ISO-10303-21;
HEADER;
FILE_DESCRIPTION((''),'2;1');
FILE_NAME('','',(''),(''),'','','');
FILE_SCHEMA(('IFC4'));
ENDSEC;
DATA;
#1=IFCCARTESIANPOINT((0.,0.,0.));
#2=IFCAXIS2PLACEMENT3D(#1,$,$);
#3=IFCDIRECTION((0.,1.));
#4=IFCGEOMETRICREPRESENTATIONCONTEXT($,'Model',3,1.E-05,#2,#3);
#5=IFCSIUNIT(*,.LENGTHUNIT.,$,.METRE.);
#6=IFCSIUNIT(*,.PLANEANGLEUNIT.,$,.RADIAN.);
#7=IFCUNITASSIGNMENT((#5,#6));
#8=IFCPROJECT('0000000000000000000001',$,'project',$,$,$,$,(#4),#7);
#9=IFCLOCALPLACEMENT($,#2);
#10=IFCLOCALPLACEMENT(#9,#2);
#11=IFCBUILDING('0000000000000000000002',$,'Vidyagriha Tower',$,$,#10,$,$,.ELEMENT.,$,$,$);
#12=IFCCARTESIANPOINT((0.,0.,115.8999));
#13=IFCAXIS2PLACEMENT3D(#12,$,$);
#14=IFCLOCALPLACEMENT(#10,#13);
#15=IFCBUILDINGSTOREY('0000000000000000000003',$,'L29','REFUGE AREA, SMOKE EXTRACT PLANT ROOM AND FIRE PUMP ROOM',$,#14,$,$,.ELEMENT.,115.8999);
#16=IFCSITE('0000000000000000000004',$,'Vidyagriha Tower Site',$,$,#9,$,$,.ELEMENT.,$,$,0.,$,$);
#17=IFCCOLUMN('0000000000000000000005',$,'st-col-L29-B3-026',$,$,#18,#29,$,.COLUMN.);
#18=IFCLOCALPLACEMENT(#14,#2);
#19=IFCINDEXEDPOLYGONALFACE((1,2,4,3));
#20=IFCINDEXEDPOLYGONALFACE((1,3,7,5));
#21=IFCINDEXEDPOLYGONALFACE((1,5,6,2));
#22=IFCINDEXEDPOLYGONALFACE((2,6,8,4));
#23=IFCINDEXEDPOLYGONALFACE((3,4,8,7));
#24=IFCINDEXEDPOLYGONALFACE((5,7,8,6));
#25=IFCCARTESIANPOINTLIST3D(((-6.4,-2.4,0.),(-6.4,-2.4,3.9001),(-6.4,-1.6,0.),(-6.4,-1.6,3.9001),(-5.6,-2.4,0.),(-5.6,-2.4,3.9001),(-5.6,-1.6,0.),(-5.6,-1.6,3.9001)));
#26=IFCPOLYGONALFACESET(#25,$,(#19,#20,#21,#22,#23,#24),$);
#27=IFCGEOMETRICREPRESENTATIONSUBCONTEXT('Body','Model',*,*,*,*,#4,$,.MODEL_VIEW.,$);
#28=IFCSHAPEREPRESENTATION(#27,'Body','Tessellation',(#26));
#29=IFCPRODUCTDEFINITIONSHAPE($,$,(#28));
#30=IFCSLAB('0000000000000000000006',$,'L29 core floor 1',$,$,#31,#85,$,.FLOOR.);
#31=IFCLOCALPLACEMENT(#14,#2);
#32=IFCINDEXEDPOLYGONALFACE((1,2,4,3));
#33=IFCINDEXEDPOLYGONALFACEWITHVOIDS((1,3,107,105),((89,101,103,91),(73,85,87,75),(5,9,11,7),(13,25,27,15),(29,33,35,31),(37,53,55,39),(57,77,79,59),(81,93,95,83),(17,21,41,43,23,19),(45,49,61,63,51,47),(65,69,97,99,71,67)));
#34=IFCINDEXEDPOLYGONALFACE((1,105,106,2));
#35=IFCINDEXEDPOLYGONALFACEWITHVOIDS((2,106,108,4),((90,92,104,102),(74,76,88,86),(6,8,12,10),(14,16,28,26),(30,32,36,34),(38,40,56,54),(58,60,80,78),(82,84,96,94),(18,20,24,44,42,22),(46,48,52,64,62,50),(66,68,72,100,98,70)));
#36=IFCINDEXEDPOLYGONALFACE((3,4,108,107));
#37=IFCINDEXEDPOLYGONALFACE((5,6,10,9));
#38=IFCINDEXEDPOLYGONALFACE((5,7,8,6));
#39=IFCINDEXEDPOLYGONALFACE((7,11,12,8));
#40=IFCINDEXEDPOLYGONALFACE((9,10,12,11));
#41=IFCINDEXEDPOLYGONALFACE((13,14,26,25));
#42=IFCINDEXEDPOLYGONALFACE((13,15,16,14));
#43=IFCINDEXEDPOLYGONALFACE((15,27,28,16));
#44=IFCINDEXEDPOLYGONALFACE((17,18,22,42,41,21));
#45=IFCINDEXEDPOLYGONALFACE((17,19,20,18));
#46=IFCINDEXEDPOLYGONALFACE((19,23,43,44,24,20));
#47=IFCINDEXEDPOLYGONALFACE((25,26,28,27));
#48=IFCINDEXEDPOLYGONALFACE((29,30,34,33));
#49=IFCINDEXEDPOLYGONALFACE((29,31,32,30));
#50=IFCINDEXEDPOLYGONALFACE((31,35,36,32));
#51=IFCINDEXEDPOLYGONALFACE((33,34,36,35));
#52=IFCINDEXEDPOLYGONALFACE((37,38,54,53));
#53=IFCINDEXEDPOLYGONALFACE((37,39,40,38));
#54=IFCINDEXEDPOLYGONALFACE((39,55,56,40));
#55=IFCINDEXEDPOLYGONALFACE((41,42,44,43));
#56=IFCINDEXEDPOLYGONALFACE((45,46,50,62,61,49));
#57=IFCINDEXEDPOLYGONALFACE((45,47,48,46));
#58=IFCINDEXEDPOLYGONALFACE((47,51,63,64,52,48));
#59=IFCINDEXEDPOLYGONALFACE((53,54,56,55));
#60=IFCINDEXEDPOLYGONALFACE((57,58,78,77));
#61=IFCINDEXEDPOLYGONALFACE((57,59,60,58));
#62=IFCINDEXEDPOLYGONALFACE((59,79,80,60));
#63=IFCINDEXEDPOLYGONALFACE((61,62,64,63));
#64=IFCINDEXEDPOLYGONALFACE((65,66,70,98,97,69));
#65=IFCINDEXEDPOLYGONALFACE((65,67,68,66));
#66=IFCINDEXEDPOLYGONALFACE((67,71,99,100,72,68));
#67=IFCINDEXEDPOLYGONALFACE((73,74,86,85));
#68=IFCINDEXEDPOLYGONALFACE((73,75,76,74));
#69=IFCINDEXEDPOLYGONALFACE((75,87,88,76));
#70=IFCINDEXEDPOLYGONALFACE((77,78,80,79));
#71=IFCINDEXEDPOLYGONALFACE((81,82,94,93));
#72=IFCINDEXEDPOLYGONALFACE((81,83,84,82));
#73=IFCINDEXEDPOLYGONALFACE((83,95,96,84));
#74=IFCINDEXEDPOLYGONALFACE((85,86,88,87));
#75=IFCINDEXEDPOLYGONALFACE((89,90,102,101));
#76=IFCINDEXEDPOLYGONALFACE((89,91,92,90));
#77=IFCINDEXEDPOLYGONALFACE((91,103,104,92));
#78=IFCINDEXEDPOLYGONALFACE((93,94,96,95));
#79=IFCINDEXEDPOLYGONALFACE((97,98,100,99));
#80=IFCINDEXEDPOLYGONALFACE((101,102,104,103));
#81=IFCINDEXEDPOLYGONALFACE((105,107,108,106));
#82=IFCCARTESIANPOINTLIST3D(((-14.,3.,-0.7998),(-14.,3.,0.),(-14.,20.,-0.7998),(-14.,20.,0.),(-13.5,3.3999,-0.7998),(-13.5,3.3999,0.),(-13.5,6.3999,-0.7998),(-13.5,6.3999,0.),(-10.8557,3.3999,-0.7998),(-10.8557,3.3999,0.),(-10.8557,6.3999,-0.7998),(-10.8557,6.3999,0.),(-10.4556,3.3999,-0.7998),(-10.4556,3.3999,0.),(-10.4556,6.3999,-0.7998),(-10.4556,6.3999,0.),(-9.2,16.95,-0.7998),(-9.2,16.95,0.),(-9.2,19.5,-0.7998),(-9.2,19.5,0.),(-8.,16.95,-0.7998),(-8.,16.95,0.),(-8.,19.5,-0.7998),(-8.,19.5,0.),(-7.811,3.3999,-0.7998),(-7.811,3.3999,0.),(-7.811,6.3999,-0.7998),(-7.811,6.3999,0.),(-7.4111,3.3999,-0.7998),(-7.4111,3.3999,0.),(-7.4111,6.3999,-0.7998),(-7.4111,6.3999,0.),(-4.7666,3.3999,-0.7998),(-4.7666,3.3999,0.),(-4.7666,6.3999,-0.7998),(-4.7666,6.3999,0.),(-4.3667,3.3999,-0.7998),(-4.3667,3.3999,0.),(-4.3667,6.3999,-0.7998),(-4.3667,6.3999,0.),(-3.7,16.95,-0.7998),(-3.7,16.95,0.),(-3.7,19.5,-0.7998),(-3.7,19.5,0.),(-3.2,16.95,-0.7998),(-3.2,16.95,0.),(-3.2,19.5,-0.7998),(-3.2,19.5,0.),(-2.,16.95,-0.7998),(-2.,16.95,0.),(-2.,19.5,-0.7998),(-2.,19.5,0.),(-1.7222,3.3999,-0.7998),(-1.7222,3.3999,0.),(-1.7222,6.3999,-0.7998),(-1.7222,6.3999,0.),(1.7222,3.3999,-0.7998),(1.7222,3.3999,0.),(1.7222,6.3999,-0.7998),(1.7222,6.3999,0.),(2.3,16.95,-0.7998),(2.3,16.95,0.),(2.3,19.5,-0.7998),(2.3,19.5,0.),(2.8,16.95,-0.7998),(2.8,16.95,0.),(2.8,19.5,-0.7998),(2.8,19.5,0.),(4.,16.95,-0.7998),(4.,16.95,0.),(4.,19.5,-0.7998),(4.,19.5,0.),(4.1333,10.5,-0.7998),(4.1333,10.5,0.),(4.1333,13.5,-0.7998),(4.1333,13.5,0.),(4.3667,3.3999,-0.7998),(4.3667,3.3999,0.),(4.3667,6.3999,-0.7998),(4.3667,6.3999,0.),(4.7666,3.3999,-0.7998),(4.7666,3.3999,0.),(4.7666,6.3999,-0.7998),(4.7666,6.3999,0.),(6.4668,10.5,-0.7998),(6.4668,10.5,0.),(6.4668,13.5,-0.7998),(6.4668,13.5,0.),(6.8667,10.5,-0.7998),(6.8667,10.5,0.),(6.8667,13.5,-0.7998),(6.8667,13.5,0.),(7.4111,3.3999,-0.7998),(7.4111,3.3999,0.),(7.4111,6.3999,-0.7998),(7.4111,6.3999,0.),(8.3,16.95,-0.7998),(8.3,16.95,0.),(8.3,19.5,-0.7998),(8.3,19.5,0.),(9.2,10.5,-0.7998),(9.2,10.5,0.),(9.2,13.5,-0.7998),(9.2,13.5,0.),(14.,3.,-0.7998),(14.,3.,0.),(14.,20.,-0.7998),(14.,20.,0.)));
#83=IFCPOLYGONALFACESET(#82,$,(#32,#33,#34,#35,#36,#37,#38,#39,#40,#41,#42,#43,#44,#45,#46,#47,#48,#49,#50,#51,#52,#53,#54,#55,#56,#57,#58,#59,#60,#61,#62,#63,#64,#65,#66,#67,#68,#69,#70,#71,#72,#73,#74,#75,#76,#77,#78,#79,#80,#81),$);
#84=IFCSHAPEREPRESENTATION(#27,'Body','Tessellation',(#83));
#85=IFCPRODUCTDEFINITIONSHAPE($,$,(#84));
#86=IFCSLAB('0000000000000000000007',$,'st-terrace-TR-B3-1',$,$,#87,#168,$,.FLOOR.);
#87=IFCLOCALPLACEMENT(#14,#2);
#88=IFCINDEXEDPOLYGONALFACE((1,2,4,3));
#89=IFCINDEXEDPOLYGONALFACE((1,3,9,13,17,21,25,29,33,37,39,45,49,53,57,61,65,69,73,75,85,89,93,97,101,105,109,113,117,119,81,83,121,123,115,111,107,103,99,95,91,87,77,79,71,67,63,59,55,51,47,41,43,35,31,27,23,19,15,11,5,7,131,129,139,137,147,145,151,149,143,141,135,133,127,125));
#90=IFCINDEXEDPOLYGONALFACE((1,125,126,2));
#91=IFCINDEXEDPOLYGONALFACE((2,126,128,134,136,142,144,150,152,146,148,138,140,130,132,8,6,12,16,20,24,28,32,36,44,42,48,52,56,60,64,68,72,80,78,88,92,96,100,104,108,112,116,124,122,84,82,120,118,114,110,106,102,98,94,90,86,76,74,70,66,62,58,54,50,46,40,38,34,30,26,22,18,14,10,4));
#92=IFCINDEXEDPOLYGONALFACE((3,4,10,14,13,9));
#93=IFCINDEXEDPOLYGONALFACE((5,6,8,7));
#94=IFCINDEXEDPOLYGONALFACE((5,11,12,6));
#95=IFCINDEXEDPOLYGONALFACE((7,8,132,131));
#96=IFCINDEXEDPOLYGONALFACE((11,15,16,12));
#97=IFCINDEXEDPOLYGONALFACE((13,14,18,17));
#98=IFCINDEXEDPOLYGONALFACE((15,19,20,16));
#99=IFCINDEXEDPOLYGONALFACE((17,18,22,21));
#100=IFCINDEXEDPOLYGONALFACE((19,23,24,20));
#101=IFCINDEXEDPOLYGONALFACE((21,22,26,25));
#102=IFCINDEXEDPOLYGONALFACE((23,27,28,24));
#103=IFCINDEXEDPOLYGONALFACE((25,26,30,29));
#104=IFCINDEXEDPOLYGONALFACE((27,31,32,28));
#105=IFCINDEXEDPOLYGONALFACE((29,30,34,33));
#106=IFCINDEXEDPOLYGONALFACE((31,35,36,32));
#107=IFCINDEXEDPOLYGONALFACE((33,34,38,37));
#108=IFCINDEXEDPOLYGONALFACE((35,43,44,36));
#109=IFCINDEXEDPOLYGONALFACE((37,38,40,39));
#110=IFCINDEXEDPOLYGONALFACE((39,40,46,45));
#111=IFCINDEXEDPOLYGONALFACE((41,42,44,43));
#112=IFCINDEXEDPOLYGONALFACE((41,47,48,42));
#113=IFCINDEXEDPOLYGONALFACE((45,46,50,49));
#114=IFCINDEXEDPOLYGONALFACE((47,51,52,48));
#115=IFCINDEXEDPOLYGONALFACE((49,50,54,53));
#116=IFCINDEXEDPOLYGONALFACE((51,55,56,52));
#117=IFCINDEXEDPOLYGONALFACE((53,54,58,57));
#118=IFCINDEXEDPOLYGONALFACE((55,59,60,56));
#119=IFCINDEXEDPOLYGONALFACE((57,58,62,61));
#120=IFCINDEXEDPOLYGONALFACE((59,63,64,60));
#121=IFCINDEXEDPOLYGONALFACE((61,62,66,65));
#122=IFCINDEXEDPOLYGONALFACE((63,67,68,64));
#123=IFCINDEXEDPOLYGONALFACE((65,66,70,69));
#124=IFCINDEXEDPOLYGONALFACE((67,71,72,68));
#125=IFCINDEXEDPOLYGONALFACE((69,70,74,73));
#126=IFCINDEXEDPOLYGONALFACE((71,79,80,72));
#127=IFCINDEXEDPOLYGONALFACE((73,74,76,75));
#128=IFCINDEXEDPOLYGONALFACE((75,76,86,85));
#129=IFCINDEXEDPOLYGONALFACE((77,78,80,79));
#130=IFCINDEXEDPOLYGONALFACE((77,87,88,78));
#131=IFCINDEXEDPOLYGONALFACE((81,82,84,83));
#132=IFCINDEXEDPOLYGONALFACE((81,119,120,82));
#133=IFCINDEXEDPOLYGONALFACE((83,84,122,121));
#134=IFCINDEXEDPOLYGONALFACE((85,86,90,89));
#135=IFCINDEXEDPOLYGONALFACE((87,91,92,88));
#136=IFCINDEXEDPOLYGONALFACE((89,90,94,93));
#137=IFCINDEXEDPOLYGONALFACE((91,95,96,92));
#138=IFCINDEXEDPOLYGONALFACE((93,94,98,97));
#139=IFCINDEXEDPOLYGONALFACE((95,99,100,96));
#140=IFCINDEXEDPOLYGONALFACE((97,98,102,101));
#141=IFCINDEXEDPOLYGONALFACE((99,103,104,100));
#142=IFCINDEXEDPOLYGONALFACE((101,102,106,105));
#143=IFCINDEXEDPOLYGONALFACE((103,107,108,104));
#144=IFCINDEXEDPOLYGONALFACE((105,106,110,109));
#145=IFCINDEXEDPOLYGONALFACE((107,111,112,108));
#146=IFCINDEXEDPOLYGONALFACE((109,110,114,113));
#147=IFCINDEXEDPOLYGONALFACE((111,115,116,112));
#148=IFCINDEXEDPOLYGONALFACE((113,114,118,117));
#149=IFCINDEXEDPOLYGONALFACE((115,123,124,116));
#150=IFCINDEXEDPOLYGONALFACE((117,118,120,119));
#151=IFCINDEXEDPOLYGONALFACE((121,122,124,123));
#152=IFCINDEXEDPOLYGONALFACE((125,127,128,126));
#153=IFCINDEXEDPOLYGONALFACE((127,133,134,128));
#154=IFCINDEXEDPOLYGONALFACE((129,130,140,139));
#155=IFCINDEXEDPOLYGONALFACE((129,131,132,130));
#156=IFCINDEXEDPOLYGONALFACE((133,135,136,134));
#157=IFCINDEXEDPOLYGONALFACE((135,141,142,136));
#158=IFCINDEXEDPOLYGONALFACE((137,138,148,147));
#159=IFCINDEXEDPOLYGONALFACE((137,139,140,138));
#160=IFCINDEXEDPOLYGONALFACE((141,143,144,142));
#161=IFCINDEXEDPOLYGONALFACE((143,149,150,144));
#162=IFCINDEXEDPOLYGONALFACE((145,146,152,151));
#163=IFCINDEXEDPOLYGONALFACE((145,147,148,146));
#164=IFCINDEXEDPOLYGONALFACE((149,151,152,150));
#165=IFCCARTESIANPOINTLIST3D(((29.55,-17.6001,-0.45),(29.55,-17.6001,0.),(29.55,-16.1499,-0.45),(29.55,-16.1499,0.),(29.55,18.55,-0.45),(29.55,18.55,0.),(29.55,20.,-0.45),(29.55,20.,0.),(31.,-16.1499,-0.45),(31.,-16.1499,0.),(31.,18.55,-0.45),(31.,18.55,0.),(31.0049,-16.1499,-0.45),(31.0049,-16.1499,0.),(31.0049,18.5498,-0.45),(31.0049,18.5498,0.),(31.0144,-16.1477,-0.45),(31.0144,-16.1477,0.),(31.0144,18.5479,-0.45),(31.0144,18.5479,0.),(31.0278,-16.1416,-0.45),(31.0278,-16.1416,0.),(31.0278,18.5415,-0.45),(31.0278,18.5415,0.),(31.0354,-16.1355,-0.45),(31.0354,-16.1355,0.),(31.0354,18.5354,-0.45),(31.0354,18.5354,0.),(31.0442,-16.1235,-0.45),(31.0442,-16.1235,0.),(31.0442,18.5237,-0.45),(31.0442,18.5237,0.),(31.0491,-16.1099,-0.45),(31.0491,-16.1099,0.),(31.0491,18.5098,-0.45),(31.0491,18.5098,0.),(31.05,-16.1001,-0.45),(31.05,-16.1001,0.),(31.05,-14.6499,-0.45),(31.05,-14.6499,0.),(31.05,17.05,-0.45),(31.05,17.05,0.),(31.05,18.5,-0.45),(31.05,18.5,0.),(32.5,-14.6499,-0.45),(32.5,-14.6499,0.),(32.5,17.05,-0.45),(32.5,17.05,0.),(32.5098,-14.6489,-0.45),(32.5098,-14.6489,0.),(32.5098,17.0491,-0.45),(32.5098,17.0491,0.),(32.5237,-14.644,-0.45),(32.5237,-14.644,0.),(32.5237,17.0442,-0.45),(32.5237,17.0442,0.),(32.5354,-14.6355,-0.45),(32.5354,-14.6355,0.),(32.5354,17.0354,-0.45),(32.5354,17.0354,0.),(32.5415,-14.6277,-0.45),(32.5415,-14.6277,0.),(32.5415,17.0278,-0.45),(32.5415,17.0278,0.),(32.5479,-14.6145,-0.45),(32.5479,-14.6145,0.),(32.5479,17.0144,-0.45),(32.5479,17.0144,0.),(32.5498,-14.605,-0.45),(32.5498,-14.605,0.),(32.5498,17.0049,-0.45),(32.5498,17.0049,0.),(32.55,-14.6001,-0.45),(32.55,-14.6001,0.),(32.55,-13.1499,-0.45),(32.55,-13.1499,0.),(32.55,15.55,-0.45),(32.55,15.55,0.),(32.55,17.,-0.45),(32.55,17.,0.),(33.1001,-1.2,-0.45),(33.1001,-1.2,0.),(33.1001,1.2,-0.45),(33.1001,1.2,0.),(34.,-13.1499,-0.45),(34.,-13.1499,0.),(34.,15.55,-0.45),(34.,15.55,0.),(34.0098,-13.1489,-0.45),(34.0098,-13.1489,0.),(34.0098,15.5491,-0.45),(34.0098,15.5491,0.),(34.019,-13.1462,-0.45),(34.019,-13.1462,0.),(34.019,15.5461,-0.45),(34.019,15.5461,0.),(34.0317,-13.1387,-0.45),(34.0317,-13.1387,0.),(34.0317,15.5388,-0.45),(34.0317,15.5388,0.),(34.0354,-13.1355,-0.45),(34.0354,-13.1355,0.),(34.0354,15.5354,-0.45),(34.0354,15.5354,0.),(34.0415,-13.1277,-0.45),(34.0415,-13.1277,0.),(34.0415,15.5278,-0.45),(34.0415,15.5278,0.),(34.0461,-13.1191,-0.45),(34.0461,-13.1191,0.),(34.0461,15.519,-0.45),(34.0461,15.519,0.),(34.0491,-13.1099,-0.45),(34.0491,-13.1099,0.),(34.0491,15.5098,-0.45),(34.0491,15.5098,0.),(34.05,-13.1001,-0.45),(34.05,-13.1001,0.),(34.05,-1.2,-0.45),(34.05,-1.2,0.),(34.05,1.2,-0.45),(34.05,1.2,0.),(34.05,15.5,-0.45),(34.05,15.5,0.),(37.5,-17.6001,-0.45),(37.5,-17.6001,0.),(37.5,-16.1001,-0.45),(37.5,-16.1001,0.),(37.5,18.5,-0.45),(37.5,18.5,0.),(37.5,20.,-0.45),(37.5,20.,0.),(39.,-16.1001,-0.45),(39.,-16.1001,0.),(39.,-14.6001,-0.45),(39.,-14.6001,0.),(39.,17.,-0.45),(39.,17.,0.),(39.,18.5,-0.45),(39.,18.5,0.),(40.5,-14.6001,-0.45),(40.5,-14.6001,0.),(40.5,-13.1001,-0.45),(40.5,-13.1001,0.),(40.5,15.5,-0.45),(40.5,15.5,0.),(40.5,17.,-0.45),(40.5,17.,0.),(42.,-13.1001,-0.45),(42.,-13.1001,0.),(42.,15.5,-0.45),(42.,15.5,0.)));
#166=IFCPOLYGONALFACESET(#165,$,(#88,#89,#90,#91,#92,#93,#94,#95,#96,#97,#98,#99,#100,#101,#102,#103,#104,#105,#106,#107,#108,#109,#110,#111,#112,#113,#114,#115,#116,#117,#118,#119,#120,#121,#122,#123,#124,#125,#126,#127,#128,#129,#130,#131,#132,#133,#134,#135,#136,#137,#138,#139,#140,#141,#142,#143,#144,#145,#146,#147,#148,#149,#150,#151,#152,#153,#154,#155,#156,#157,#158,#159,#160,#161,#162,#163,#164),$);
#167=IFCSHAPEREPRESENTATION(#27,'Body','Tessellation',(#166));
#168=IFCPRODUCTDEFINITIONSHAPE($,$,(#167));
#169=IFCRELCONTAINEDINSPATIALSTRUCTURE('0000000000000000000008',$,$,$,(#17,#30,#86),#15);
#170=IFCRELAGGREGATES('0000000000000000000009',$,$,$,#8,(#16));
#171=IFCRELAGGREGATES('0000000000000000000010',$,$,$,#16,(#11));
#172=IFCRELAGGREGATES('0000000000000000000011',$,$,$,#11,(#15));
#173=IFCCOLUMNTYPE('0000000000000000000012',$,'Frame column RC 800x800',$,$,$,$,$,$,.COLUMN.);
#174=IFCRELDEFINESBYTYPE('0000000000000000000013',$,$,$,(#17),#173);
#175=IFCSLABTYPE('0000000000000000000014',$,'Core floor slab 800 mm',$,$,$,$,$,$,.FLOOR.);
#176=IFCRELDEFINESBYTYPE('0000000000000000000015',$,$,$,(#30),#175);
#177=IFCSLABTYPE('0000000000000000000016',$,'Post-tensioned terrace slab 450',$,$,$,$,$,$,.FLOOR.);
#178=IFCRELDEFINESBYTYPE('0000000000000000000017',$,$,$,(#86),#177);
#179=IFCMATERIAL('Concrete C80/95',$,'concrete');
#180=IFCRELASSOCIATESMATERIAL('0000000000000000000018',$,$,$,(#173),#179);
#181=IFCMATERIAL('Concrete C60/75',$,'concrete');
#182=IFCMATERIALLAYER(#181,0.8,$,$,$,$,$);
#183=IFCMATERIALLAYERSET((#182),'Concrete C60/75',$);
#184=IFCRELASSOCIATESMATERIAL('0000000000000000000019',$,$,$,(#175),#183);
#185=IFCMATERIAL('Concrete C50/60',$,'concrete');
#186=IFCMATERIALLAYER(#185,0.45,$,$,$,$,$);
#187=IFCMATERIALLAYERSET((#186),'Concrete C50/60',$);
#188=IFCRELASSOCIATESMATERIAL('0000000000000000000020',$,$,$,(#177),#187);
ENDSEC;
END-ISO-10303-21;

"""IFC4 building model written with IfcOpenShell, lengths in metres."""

from ifc_helpers import new_model, si_unit, direction, frame, origin, origin_2d, place, context, subcontext, project, spatial, polyline, rectangle, outline, extrude, material, layer, layer_set, material_profile, profile_set, type_object, element, save


model = new_model("IFC4")

# Units and contexts
model_context = context("Model", 3, precision=1e-05, world=origin(), true_north=direction((0.0, 1.0)))
body_context = subcontext(model_context, "Body", "Model", "MODEL_VIEW")
ifc_project = project(units=[si_unit("LENGTHUNIT", "METRE"), si_unit("PLANEANGLEUNIT", "RADIAN")], contexts=[model_context])

# Site, building, storey
site_placement = place(None, origin())
site = spatial("IfcSite", under=ifc_project, at=site_placement, Name="Vidyagriha Tower Site", CompositionType="ELEMENT", RefElevation=0.0)
building_placement = place(site_placement, origin())
building = spatial("IfcBuilding", under=site, at=building_placement, Name="Vidyagriha Tower", CompositionType="ELEMENT")
storey_placement = place(building_placement, frame((0.0, 0.0, 115.8999)))
storey = spatial("IfcBuildingStorey", under=building, at=storey_placement, Name="L29", Description="REFUGE AREA, SMOKE EXTRACT PLANT ROOM AND FIRE PUMP ROOM", CompositionType="ELEMENT", Elevation=115.8999)

# Column
ifc_material_1 = material(Name="Concrete C80/95", Category="concrete")
ifc_material_profile = material_profile(ifc_material_1, rectangle(XDim=0.8, YDim=0.8, at=origin_2d()), Name="RC 800x800")
ifc_profile_set = profile_set([ifc_material_profile], Name="Concrete C80/95")
column_type = type_object("IfcColumnType", Name="Frame column RC 800x800", PredefinedType="COLUMN", material=ifc_profile_set)
column_placement = place(storey_placement, frame((-6.0, -2.0, 0.0)))
element("IfcColumn", 1, at=column_placement, inside=storey, type_object=column_type, Name="st-col-L29-B3-026", PredefinedType="COLUMN", context=body_context, shape_type="SweptSolid", body=[
    extrude(rectangle(XDim=0.8, YDim=0.8, at=origin_2d()), origin(), (0.0, 0.0, 1.0), 3.9001),
])

# Slabs
ifc_material_2 = material(Name="Concrete C60/75", Category="concrete")
ifc_layer_1 = layer(ifc_material_2, 0.8)
ifc_layer_set_1 = layer_set([ifc_layer_1], Name="Concrete C60/75")
slab_type_1 = type_object("IfcSlabType", Name="Core floor slab 800 mm", PredefinedType="FLOOR", material=ifc_layer_set_1)
slab_1_placement = place(storey_placement, frame((0.0, 0.0, -0.7998)))
element("IfcSlab", 2, at=slab_1_placement, inside=storey, type_object=slab_type_1, Name="L29 core floor 1", PredefinedType="FLOOR", context=body_context, shape_type="SweptSolid", body=[
    extrude(outline(polyline([(-14.0, 3.0), (-14.0, 20.0), (14.0, 20.0), (14.0, 3.0), (-14.0, 3.0)]), holes=[polyline([(9.2, 13.5), (6.8667, 13.5), (6.8667, 10.5), (9.2, 10.5), (9.2, 13.5)]), polyline([(4.0, 19.5), (2.8, 19.5), (2.8, 16.95), (4.0, 16.95), (8.3, 16.95), (8.3, 19.5), (4.0, 19.5)]), polyline([(7.4111, 6.3999), (4.7666, 6.3999), (4.7666, 3.3999), (7.4111, 3.3999), (7.4111, 6.3999)]), polyline([(6.4668, 13.5), (4.1333, 13.5), (4.1333, 10.5), (6.4668, 10.5), (6.4668, 13.5)]), polyline([(1.7222, 6.3999), (1.7222, 3.3999), (4.3667, 3.3999), (4.3667, 6.3999), (1.7222, 6.3999)]), polyline([(-2.0, 16.95), (2.3, 16.95), (2.3, 19.5), (-2.0, 19.5), (-3.2, 19.5), (-3.2, 16.95), (-2.0, 16.95)]), polyline([(-1.7222, 6.3999), (-4.3667, 6.3999), (-4.3667, 3.3999), (-1.7222, 3.3999), (-1.7222, 6.3999)]), polyline([(-8.0, 19.5), (-9.2, 19.5), (-9.2, 16.95), (-8.0, 16.95), (-3.7, 16.95), (-3.7, 19.5), (-8.0, 19.5)]), polyline([(-4.7666, 6.3999), (-7.4111, 6.3999), (-7.4111, 3.3999), (-4.7666, 3.3999), (-4.7666, 6.3999)]), polyline([(-7.811, 6.3999), (-10.4556, 6.3999), (-10.4556, 3.3999), (-7.811, 3.3999), (-7.811, 6.3999)]), polyline([(-13.5, 6.3999), (-13.5, 3.3999), (-10.8557, 3.3999), (-10.8557, 6.3999), (-13.5, 6.3999)])]), origin(), (0.0, 0.0, 1.0), 0.7998),
])
ifc_material_3 = material(Name="Concrete C50/60", Category="concrete")
ifc_layer_2 = layer(ifc_material_3, 0.45)
ifc_layer_set_2 = layer_set([ifc_layer_2], Name="Concrete C50/60")
slab_type_2 = type_object("IfcSlabType", Name="Post-tensioned terrace slab 450", PredefinedType="FLOOR", material=ifc_layer_set_2)
slab_2_placement = place(storey_placement, frame((0.0, 0.0, -0.45)))
element("IfcSlab", 3, at=slab_2_placement, inside=storey, type_object=slab_type_2, Name="st-terrace-TR-B3-1", PredefinedType="FLOOR", context=body_context, shape_type="SweptSolid", body=[
    extrude(outline(polyline([(34.05, 1.2), (34.05, 15.5), (34.0491, 15.5098), (34.0461, 15.519), (34.0415, 15.5278), (34.0354, 15.5354), (34.0317, 15.5388), (34.019, 15.5461), (34.0098, 15.5491), (34.0, 15.55), (32.55, 15.55), (32.55, 17.0), (32.5498, 17.0049), (32.5479, 17.0144), (32.5415, 17.0278), (32.5354, 17.0354), (32.5237, 17.0442), (32.5098, 17.0491), (32.5, 17.05), (31.05, 17.05), (31.05, 18.5), (31.0491, 18.5098), (31.0442, 18.5237), (31.0354, 18.5354), (31.0278, 18.5415), (31.0144, 18.5479), (31.0049, 18.5498), (31.0, 18.55), (29.55, 18.55), (29.55, 20.0), (37.5, 20.0), (37.5, 18.5), (39.0, 18.5), (39.0, 17.0), (40.5, 17.0), (40.5, 15.5), (42.0, 15.5), (42.0, -13.1001), (40.5, -13.1001), (40.5, -14.6001), (39.0, -14.6001), (39.0, -16.1001), (37.5, -16.1001), (37.5, -17.6001), (29.55, -17.6001), (29.55, -16.1499), (31.0, -16.1499), (31.0049, -16.1499), (31.0144, -16.1477), (31.0278, -16.1416), (31.0354, -16.1355), (31.0442, -16.1235), (31.0491, -16.1099), (31.05, -16.1001), (31.05, -14.6499), (32.5, -14.6499), (32.5098, -14.6489), (32.5237, -14.644), (32.5354, -14.6355), (32.5415, -14.6277), (32.5479, -14.6145), (32.5498, -14.605), (32.55, -14.6001), (32.55, -13.1499), (34.0, -13.1499), (34.0098, -13.1489), (34.019, -13.1462), (34.0317, -13.1387), (34.0354, -13.1355), (34.0415, -13.1277), (34.0461, -13.1191), (34.0491, -13.1099), (34.05, -13.1001), (34.05, -1.2), (33.1001, -1.2), (33.1001, 1.2), (34.05, 1.2)])), origin(), (0.0, 0.0, 1.0), 0.45),
])

save(model, "model.ifc")
